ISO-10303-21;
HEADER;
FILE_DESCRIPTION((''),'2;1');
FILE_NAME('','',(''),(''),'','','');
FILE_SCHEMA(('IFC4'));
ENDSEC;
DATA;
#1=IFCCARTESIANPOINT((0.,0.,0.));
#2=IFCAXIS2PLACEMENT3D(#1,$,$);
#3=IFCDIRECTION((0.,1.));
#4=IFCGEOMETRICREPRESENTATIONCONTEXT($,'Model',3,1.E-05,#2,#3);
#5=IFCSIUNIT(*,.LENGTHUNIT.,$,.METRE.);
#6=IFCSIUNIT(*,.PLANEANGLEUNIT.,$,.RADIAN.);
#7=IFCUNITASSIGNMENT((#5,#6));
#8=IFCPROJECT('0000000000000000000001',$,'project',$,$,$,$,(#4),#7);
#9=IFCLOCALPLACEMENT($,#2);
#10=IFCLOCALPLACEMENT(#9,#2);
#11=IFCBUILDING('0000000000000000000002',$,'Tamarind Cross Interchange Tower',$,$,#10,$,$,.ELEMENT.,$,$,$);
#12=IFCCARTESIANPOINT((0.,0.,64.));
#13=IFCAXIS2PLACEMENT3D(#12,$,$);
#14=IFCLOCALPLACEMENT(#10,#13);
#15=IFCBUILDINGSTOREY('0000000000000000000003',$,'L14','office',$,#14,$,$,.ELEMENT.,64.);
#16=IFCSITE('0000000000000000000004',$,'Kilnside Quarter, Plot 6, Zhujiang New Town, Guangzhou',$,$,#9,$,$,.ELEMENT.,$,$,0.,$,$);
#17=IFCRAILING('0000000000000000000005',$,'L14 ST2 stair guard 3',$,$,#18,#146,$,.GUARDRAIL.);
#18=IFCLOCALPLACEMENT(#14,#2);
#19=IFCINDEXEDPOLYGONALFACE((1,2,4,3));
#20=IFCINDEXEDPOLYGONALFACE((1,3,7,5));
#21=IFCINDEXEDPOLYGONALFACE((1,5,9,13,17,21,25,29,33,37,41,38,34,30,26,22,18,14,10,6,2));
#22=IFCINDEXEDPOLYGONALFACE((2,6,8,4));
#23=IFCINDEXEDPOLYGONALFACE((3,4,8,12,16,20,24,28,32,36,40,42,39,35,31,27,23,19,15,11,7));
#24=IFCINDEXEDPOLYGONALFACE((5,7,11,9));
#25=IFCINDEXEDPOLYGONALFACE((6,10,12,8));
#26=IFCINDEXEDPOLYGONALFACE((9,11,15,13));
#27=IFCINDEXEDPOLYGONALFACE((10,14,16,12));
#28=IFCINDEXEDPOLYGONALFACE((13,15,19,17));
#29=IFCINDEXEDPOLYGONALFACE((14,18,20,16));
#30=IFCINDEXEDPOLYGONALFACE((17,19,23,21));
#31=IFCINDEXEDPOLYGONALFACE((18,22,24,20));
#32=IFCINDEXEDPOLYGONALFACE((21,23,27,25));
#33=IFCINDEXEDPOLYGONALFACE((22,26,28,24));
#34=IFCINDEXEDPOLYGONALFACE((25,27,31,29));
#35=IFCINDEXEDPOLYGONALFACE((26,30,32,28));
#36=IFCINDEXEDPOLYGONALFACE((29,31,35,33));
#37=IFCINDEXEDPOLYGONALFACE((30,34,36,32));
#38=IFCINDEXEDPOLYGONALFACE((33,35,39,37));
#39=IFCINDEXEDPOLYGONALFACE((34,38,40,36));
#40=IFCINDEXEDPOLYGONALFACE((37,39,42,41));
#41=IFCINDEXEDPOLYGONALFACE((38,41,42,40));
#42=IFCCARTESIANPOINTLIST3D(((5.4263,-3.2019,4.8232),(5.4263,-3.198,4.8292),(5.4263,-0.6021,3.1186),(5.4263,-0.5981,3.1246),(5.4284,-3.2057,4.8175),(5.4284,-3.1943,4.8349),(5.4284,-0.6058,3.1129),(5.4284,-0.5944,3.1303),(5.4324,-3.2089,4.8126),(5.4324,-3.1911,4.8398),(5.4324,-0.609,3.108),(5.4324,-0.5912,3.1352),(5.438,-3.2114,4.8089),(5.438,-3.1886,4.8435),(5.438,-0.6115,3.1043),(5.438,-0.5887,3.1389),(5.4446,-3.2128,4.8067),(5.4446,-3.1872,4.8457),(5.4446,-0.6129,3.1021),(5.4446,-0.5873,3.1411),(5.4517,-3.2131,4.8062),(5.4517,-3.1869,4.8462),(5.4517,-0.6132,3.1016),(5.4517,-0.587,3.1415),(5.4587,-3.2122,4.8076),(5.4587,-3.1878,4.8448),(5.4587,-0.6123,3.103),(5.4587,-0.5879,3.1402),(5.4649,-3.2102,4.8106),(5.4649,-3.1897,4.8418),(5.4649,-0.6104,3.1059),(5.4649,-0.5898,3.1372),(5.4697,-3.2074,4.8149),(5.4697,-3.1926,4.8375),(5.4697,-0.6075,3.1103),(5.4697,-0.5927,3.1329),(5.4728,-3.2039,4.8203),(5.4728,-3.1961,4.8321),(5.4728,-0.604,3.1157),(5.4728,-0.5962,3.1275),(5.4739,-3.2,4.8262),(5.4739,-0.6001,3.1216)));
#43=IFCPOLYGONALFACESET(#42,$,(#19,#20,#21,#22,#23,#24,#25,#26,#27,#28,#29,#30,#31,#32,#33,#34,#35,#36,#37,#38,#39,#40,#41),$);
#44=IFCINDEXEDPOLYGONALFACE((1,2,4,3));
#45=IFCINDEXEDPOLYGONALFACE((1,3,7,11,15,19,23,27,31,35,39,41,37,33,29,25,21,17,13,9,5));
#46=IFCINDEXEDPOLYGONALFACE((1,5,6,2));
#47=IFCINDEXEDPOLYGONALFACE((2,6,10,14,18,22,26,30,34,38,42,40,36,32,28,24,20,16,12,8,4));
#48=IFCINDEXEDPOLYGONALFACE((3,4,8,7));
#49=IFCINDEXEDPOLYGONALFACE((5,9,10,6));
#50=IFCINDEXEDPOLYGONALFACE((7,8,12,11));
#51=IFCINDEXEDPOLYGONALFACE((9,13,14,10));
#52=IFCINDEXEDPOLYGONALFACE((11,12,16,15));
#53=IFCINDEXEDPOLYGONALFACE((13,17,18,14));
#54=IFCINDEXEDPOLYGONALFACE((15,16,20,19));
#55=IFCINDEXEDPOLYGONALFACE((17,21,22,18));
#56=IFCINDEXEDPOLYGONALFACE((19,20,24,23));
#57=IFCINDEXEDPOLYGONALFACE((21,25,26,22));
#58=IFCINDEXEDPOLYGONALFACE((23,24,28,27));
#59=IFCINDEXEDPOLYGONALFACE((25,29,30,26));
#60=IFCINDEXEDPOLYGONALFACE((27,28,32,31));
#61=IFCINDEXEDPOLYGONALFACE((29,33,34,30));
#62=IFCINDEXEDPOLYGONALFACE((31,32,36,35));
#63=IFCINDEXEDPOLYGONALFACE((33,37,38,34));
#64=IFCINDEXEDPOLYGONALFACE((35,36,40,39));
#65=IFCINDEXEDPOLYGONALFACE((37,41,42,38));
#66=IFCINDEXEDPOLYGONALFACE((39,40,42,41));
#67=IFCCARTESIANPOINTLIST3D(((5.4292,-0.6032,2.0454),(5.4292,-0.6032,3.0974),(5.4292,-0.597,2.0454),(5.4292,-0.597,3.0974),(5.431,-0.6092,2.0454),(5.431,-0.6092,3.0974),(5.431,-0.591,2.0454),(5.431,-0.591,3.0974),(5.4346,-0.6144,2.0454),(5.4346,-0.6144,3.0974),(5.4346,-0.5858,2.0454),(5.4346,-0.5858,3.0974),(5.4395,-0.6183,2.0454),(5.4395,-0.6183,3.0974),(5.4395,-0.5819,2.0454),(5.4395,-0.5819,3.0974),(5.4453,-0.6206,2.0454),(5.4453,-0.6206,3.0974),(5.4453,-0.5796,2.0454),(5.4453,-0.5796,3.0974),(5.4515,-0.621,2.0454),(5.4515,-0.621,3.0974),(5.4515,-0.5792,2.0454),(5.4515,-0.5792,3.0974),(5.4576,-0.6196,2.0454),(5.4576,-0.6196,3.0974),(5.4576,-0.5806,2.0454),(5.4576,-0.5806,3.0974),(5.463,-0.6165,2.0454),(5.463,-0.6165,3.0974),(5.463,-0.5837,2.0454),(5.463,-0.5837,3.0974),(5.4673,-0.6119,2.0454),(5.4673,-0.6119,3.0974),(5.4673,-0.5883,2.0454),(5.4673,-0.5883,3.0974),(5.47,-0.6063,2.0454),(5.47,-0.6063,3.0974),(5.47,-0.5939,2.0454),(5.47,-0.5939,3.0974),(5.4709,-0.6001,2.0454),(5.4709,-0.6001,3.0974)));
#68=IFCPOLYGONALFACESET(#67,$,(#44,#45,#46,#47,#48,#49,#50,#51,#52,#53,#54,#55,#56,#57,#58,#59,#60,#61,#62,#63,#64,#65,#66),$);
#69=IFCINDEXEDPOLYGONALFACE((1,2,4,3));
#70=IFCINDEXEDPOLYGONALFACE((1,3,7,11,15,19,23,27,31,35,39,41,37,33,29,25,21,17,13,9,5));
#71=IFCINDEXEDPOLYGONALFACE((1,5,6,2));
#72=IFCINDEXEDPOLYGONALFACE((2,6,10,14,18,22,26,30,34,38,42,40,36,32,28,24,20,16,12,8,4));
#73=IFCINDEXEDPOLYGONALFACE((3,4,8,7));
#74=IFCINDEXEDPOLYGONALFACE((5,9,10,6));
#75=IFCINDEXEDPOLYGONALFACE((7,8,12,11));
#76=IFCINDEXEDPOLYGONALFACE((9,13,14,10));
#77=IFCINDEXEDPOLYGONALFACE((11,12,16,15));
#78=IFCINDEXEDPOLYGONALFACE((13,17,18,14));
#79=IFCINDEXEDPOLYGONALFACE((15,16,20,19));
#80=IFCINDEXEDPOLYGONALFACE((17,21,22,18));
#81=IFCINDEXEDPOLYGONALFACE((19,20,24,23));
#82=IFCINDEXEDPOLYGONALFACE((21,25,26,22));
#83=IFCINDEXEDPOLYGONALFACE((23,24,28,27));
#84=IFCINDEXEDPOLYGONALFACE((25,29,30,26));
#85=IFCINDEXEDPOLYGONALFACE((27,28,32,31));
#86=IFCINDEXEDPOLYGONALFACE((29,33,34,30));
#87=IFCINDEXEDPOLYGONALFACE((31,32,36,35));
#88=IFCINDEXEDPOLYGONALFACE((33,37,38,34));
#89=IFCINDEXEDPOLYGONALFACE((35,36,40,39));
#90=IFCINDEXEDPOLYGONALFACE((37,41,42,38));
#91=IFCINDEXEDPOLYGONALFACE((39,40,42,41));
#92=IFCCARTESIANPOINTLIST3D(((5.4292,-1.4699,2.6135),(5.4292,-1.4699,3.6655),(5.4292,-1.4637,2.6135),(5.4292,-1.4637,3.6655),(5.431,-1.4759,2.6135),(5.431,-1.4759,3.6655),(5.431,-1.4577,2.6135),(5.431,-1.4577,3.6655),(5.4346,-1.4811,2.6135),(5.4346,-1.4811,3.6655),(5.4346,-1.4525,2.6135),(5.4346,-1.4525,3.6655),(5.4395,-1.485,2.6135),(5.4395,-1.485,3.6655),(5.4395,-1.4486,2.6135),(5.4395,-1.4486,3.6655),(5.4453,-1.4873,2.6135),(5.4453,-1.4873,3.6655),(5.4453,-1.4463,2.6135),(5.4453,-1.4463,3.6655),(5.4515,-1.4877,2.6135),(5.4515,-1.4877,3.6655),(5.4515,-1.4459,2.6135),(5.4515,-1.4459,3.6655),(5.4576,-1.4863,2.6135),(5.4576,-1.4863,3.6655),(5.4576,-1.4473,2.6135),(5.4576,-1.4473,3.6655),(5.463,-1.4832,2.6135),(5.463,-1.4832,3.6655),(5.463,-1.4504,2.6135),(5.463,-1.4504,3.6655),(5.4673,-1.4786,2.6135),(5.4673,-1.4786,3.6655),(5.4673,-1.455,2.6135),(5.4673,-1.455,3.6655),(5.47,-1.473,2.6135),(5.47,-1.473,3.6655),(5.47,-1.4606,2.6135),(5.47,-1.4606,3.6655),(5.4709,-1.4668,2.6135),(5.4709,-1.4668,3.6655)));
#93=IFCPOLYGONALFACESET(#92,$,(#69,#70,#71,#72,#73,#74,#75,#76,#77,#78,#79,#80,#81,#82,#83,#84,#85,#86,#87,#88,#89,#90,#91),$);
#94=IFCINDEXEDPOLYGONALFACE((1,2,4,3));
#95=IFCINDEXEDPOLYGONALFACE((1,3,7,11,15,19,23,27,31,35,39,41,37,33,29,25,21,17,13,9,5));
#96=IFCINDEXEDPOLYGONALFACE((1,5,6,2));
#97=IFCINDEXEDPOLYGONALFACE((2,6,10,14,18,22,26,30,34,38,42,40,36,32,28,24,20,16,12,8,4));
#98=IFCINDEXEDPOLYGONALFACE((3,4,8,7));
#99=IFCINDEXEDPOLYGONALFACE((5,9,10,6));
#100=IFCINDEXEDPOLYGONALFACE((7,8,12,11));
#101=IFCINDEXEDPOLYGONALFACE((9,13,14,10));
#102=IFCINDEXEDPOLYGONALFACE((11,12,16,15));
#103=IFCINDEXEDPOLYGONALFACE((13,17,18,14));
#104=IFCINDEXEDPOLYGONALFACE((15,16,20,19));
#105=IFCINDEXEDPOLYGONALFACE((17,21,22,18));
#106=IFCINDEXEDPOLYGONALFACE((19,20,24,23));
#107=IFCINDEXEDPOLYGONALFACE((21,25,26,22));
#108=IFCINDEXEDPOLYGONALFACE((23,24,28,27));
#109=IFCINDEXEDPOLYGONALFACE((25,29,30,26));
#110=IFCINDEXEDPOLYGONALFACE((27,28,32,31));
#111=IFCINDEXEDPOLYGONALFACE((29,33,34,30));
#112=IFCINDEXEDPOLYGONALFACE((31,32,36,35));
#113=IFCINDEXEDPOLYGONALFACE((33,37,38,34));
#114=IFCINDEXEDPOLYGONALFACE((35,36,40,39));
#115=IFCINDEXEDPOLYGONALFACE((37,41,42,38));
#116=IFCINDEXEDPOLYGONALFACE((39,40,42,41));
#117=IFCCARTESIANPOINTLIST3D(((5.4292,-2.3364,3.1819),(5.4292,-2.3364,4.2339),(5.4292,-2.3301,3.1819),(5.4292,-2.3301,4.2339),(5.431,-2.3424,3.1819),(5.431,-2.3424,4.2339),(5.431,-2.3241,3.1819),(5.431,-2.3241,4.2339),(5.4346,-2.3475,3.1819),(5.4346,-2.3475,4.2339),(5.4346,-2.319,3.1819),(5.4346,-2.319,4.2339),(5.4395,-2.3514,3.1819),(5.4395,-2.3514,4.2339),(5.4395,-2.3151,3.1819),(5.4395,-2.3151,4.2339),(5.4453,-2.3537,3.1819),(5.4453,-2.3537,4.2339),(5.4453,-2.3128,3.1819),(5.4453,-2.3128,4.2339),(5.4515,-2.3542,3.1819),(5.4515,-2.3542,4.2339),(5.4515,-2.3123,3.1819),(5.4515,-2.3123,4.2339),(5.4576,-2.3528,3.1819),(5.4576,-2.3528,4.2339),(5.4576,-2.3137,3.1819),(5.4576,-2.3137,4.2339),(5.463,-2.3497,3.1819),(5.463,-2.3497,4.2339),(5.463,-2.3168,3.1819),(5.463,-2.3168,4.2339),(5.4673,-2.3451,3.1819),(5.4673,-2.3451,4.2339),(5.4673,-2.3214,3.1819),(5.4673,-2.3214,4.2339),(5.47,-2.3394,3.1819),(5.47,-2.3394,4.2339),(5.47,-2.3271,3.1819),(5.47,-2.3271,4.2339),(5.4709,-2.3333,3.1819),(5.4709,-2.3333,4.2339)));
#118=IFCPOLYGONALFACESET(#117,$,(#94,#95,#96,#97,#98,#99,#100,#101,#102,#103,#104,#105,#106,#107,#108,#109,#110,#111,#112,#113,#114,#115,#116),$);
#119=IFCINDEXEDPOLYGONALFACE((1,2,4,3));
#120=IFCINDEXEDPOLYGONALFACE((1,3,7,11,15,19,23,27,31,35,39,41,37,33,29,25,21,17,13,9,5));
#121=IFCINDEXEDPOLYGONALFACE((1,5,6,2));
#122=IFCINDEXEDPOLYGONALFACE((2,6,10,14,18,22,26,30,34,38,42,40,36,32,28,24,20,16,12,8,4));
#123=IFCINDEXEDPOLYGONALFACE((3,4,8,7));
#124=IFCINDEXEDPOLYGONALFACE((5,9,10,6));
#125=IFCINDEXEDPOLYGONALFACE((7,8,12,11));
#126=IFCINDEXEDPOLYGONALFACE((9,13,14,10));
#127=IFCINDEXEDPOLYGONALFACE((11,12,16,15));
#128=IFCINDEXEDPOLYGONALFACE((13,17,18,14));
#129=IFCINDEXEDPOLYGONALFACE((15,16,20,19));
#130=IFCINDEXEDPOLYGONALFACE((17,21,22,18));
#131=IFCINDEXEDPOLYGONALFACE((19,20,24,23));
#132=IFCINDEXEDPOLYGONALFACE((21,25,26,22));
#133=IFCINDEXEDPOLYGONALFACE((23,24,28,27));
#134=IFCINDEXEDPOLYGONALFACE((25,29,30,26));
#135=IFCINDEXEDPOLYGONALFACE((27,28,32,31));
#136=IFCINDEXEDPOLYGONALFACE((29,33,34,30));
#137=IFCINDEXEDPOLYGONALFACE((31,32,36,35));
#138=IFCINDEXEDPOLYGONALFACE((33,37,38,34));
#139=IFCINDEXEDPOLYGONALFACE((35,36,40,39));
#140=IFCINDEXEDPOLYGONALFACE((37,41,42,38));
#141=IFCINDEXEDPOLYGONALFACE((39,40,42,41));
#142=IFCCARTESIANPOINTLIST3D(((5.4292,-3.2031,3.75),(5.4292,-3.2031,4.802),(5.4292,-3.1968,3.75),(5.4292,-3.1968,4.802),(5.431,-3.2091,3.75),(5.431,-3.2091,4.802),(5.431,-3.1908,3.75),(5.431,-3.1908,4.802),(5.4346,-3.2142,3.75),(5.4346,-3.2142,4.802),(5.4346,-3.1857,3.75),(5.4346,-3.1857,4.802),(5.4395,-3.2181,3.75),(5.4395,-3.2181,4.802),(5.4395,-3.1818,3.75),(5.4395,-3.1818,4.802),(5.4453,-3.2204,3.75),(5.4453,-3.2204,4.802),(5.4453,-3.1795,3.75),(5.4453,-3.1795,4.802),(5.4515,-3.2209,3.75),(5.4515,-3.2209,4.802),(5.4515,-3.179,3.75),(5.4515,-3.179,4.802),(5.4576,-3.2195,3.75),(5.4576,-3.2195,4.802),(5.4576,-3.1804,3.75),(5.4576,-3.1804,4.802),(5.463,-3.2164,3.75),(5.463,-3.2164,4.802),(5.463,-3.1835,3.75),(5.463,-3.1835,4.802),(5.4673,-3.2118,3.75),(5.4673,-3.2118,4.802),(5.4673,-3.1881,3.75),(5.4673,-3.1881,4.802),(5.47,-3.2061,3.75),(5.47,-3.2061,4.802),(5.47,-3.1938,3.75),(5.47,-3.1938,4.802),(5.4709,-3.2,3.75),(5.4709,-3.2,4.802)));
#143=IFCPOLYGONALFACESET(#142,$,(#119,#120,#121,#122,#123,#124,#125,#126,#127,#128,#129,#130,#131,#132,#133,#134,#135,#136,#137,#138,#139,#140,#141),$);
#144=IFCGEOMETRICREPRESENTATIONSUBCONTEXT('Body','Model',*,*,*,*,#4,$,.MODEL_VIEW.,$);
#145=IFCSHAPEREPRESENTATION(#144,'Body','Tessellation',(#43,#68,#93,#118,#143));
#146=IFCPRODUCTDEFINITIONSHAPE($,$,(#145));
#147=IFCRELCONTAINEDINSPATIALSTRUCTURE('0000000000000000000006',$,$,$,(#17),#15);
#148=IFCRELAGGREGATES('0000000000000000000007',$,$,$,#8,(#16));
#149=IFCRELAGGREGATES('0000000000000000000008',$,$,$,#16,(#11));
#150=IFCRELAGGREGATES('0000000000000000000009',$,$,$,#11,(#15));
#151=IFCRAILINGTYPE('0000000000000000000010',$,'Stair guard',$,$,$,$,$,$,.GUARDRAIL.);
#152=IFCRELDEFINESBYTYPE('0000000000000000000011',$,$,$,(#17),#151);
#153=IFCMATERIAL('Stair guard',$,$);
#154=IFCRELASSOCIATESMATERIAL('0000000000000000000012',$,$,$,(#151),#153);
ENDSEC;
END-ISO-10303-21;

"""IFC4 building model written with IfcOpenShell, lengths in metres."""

from ifc_helpers import new_model, si_unit, direction, frame, origin, origin_2d, place, context, subcontext, project, spatial, circle, extrude, material, type_object, element, save


model = new_model("IFC4")

# Units and contexts
model_context = context("Model", 3, precision=1e-05, world=origin(), true_north=direction((0.0, 1.0)))
body_context = subcontext(model_context, "Body", "Model", "MODEL_VIEW")
ifc_project = project(units=[si_unit("LENGTHUNIT", "METRE"), si_unit("PLANEANGLEUNIT", "RADIAN")], contexts=[model_context])

# Site, building, storey
site_placement = place(None, origin())
site = spatial("IfcSite", under=ifc_project, at=site_placement, Name="Kilnside Quarter, Plot 6, Zhujiang New Town, Guangzhou", CompositionType="ELEMENT", RefElevation=0.0)
building_placement = place(site_placement, origin())
building = spatial("IfcBuilding", under=site, at=building_placement, Name="Tamarind Cross Interchange Tower", CompositionType="ELEMENT")
storey_placement = place(building_placement, frame((0.0, 0.0, 64.0)))
storey = spatial("IfcBuildingStorey", under=building, at=storey_placement, Name="L14", Description="office", CompositionType="ELEMENT", Elevation=64.0)

# Railing
ifc_material_1 = material(Name="Stair guard")
railing_type_1 = type_object("IfcRailingType", Name="Stair guard", PredefinedType="GUARDRAIL", material=ifc_material_1)
railing_1_placement = place(storey_placement, frame((5.45, -0.6001, 2.0454)))
element("IfcRailing", 1, at=railing_1_placement, inside=storey, type_object=railing_type_1, Name="L14 ST2 stair guard 3", PredefinedType="GUARDRAIL", context=body_context, shape_type="SweptSolid", body=[
    extrude(circle(Radius=0.0239, at=origin_2d()), frame((0.0, 0.0, 1.0762), z_axis=(0.0, -0.836279, 0.548305), x_axis=(1.0, 0.0, 0.0)), (0.0, 0.0, 1.0), 3.1089),
    extrude(circle(Radius=0.021, at=origin_2d()), origin(), (0.0, 0.0, 1.0), 1.052),
    extrude(circle(Radius=0.021, at=origin_2d()), frame((0.0, -0.8667, 0.5681)), (0.0, 0.0, 1.0), 1.052),
    extrude(circle(Radius=0.021, at=origin_2d()), frame((0.0, -1.7332, 1.1365)), (0.0, 0.0, 1.0), 1.052),
    extrude(circle(Radius=0.021, at=origin_2d()), frame((0.0, -2.5999, 1.7046)), (0.0, 0.0, 1.0), 1.052),
])

save(model, "model.ifc")
